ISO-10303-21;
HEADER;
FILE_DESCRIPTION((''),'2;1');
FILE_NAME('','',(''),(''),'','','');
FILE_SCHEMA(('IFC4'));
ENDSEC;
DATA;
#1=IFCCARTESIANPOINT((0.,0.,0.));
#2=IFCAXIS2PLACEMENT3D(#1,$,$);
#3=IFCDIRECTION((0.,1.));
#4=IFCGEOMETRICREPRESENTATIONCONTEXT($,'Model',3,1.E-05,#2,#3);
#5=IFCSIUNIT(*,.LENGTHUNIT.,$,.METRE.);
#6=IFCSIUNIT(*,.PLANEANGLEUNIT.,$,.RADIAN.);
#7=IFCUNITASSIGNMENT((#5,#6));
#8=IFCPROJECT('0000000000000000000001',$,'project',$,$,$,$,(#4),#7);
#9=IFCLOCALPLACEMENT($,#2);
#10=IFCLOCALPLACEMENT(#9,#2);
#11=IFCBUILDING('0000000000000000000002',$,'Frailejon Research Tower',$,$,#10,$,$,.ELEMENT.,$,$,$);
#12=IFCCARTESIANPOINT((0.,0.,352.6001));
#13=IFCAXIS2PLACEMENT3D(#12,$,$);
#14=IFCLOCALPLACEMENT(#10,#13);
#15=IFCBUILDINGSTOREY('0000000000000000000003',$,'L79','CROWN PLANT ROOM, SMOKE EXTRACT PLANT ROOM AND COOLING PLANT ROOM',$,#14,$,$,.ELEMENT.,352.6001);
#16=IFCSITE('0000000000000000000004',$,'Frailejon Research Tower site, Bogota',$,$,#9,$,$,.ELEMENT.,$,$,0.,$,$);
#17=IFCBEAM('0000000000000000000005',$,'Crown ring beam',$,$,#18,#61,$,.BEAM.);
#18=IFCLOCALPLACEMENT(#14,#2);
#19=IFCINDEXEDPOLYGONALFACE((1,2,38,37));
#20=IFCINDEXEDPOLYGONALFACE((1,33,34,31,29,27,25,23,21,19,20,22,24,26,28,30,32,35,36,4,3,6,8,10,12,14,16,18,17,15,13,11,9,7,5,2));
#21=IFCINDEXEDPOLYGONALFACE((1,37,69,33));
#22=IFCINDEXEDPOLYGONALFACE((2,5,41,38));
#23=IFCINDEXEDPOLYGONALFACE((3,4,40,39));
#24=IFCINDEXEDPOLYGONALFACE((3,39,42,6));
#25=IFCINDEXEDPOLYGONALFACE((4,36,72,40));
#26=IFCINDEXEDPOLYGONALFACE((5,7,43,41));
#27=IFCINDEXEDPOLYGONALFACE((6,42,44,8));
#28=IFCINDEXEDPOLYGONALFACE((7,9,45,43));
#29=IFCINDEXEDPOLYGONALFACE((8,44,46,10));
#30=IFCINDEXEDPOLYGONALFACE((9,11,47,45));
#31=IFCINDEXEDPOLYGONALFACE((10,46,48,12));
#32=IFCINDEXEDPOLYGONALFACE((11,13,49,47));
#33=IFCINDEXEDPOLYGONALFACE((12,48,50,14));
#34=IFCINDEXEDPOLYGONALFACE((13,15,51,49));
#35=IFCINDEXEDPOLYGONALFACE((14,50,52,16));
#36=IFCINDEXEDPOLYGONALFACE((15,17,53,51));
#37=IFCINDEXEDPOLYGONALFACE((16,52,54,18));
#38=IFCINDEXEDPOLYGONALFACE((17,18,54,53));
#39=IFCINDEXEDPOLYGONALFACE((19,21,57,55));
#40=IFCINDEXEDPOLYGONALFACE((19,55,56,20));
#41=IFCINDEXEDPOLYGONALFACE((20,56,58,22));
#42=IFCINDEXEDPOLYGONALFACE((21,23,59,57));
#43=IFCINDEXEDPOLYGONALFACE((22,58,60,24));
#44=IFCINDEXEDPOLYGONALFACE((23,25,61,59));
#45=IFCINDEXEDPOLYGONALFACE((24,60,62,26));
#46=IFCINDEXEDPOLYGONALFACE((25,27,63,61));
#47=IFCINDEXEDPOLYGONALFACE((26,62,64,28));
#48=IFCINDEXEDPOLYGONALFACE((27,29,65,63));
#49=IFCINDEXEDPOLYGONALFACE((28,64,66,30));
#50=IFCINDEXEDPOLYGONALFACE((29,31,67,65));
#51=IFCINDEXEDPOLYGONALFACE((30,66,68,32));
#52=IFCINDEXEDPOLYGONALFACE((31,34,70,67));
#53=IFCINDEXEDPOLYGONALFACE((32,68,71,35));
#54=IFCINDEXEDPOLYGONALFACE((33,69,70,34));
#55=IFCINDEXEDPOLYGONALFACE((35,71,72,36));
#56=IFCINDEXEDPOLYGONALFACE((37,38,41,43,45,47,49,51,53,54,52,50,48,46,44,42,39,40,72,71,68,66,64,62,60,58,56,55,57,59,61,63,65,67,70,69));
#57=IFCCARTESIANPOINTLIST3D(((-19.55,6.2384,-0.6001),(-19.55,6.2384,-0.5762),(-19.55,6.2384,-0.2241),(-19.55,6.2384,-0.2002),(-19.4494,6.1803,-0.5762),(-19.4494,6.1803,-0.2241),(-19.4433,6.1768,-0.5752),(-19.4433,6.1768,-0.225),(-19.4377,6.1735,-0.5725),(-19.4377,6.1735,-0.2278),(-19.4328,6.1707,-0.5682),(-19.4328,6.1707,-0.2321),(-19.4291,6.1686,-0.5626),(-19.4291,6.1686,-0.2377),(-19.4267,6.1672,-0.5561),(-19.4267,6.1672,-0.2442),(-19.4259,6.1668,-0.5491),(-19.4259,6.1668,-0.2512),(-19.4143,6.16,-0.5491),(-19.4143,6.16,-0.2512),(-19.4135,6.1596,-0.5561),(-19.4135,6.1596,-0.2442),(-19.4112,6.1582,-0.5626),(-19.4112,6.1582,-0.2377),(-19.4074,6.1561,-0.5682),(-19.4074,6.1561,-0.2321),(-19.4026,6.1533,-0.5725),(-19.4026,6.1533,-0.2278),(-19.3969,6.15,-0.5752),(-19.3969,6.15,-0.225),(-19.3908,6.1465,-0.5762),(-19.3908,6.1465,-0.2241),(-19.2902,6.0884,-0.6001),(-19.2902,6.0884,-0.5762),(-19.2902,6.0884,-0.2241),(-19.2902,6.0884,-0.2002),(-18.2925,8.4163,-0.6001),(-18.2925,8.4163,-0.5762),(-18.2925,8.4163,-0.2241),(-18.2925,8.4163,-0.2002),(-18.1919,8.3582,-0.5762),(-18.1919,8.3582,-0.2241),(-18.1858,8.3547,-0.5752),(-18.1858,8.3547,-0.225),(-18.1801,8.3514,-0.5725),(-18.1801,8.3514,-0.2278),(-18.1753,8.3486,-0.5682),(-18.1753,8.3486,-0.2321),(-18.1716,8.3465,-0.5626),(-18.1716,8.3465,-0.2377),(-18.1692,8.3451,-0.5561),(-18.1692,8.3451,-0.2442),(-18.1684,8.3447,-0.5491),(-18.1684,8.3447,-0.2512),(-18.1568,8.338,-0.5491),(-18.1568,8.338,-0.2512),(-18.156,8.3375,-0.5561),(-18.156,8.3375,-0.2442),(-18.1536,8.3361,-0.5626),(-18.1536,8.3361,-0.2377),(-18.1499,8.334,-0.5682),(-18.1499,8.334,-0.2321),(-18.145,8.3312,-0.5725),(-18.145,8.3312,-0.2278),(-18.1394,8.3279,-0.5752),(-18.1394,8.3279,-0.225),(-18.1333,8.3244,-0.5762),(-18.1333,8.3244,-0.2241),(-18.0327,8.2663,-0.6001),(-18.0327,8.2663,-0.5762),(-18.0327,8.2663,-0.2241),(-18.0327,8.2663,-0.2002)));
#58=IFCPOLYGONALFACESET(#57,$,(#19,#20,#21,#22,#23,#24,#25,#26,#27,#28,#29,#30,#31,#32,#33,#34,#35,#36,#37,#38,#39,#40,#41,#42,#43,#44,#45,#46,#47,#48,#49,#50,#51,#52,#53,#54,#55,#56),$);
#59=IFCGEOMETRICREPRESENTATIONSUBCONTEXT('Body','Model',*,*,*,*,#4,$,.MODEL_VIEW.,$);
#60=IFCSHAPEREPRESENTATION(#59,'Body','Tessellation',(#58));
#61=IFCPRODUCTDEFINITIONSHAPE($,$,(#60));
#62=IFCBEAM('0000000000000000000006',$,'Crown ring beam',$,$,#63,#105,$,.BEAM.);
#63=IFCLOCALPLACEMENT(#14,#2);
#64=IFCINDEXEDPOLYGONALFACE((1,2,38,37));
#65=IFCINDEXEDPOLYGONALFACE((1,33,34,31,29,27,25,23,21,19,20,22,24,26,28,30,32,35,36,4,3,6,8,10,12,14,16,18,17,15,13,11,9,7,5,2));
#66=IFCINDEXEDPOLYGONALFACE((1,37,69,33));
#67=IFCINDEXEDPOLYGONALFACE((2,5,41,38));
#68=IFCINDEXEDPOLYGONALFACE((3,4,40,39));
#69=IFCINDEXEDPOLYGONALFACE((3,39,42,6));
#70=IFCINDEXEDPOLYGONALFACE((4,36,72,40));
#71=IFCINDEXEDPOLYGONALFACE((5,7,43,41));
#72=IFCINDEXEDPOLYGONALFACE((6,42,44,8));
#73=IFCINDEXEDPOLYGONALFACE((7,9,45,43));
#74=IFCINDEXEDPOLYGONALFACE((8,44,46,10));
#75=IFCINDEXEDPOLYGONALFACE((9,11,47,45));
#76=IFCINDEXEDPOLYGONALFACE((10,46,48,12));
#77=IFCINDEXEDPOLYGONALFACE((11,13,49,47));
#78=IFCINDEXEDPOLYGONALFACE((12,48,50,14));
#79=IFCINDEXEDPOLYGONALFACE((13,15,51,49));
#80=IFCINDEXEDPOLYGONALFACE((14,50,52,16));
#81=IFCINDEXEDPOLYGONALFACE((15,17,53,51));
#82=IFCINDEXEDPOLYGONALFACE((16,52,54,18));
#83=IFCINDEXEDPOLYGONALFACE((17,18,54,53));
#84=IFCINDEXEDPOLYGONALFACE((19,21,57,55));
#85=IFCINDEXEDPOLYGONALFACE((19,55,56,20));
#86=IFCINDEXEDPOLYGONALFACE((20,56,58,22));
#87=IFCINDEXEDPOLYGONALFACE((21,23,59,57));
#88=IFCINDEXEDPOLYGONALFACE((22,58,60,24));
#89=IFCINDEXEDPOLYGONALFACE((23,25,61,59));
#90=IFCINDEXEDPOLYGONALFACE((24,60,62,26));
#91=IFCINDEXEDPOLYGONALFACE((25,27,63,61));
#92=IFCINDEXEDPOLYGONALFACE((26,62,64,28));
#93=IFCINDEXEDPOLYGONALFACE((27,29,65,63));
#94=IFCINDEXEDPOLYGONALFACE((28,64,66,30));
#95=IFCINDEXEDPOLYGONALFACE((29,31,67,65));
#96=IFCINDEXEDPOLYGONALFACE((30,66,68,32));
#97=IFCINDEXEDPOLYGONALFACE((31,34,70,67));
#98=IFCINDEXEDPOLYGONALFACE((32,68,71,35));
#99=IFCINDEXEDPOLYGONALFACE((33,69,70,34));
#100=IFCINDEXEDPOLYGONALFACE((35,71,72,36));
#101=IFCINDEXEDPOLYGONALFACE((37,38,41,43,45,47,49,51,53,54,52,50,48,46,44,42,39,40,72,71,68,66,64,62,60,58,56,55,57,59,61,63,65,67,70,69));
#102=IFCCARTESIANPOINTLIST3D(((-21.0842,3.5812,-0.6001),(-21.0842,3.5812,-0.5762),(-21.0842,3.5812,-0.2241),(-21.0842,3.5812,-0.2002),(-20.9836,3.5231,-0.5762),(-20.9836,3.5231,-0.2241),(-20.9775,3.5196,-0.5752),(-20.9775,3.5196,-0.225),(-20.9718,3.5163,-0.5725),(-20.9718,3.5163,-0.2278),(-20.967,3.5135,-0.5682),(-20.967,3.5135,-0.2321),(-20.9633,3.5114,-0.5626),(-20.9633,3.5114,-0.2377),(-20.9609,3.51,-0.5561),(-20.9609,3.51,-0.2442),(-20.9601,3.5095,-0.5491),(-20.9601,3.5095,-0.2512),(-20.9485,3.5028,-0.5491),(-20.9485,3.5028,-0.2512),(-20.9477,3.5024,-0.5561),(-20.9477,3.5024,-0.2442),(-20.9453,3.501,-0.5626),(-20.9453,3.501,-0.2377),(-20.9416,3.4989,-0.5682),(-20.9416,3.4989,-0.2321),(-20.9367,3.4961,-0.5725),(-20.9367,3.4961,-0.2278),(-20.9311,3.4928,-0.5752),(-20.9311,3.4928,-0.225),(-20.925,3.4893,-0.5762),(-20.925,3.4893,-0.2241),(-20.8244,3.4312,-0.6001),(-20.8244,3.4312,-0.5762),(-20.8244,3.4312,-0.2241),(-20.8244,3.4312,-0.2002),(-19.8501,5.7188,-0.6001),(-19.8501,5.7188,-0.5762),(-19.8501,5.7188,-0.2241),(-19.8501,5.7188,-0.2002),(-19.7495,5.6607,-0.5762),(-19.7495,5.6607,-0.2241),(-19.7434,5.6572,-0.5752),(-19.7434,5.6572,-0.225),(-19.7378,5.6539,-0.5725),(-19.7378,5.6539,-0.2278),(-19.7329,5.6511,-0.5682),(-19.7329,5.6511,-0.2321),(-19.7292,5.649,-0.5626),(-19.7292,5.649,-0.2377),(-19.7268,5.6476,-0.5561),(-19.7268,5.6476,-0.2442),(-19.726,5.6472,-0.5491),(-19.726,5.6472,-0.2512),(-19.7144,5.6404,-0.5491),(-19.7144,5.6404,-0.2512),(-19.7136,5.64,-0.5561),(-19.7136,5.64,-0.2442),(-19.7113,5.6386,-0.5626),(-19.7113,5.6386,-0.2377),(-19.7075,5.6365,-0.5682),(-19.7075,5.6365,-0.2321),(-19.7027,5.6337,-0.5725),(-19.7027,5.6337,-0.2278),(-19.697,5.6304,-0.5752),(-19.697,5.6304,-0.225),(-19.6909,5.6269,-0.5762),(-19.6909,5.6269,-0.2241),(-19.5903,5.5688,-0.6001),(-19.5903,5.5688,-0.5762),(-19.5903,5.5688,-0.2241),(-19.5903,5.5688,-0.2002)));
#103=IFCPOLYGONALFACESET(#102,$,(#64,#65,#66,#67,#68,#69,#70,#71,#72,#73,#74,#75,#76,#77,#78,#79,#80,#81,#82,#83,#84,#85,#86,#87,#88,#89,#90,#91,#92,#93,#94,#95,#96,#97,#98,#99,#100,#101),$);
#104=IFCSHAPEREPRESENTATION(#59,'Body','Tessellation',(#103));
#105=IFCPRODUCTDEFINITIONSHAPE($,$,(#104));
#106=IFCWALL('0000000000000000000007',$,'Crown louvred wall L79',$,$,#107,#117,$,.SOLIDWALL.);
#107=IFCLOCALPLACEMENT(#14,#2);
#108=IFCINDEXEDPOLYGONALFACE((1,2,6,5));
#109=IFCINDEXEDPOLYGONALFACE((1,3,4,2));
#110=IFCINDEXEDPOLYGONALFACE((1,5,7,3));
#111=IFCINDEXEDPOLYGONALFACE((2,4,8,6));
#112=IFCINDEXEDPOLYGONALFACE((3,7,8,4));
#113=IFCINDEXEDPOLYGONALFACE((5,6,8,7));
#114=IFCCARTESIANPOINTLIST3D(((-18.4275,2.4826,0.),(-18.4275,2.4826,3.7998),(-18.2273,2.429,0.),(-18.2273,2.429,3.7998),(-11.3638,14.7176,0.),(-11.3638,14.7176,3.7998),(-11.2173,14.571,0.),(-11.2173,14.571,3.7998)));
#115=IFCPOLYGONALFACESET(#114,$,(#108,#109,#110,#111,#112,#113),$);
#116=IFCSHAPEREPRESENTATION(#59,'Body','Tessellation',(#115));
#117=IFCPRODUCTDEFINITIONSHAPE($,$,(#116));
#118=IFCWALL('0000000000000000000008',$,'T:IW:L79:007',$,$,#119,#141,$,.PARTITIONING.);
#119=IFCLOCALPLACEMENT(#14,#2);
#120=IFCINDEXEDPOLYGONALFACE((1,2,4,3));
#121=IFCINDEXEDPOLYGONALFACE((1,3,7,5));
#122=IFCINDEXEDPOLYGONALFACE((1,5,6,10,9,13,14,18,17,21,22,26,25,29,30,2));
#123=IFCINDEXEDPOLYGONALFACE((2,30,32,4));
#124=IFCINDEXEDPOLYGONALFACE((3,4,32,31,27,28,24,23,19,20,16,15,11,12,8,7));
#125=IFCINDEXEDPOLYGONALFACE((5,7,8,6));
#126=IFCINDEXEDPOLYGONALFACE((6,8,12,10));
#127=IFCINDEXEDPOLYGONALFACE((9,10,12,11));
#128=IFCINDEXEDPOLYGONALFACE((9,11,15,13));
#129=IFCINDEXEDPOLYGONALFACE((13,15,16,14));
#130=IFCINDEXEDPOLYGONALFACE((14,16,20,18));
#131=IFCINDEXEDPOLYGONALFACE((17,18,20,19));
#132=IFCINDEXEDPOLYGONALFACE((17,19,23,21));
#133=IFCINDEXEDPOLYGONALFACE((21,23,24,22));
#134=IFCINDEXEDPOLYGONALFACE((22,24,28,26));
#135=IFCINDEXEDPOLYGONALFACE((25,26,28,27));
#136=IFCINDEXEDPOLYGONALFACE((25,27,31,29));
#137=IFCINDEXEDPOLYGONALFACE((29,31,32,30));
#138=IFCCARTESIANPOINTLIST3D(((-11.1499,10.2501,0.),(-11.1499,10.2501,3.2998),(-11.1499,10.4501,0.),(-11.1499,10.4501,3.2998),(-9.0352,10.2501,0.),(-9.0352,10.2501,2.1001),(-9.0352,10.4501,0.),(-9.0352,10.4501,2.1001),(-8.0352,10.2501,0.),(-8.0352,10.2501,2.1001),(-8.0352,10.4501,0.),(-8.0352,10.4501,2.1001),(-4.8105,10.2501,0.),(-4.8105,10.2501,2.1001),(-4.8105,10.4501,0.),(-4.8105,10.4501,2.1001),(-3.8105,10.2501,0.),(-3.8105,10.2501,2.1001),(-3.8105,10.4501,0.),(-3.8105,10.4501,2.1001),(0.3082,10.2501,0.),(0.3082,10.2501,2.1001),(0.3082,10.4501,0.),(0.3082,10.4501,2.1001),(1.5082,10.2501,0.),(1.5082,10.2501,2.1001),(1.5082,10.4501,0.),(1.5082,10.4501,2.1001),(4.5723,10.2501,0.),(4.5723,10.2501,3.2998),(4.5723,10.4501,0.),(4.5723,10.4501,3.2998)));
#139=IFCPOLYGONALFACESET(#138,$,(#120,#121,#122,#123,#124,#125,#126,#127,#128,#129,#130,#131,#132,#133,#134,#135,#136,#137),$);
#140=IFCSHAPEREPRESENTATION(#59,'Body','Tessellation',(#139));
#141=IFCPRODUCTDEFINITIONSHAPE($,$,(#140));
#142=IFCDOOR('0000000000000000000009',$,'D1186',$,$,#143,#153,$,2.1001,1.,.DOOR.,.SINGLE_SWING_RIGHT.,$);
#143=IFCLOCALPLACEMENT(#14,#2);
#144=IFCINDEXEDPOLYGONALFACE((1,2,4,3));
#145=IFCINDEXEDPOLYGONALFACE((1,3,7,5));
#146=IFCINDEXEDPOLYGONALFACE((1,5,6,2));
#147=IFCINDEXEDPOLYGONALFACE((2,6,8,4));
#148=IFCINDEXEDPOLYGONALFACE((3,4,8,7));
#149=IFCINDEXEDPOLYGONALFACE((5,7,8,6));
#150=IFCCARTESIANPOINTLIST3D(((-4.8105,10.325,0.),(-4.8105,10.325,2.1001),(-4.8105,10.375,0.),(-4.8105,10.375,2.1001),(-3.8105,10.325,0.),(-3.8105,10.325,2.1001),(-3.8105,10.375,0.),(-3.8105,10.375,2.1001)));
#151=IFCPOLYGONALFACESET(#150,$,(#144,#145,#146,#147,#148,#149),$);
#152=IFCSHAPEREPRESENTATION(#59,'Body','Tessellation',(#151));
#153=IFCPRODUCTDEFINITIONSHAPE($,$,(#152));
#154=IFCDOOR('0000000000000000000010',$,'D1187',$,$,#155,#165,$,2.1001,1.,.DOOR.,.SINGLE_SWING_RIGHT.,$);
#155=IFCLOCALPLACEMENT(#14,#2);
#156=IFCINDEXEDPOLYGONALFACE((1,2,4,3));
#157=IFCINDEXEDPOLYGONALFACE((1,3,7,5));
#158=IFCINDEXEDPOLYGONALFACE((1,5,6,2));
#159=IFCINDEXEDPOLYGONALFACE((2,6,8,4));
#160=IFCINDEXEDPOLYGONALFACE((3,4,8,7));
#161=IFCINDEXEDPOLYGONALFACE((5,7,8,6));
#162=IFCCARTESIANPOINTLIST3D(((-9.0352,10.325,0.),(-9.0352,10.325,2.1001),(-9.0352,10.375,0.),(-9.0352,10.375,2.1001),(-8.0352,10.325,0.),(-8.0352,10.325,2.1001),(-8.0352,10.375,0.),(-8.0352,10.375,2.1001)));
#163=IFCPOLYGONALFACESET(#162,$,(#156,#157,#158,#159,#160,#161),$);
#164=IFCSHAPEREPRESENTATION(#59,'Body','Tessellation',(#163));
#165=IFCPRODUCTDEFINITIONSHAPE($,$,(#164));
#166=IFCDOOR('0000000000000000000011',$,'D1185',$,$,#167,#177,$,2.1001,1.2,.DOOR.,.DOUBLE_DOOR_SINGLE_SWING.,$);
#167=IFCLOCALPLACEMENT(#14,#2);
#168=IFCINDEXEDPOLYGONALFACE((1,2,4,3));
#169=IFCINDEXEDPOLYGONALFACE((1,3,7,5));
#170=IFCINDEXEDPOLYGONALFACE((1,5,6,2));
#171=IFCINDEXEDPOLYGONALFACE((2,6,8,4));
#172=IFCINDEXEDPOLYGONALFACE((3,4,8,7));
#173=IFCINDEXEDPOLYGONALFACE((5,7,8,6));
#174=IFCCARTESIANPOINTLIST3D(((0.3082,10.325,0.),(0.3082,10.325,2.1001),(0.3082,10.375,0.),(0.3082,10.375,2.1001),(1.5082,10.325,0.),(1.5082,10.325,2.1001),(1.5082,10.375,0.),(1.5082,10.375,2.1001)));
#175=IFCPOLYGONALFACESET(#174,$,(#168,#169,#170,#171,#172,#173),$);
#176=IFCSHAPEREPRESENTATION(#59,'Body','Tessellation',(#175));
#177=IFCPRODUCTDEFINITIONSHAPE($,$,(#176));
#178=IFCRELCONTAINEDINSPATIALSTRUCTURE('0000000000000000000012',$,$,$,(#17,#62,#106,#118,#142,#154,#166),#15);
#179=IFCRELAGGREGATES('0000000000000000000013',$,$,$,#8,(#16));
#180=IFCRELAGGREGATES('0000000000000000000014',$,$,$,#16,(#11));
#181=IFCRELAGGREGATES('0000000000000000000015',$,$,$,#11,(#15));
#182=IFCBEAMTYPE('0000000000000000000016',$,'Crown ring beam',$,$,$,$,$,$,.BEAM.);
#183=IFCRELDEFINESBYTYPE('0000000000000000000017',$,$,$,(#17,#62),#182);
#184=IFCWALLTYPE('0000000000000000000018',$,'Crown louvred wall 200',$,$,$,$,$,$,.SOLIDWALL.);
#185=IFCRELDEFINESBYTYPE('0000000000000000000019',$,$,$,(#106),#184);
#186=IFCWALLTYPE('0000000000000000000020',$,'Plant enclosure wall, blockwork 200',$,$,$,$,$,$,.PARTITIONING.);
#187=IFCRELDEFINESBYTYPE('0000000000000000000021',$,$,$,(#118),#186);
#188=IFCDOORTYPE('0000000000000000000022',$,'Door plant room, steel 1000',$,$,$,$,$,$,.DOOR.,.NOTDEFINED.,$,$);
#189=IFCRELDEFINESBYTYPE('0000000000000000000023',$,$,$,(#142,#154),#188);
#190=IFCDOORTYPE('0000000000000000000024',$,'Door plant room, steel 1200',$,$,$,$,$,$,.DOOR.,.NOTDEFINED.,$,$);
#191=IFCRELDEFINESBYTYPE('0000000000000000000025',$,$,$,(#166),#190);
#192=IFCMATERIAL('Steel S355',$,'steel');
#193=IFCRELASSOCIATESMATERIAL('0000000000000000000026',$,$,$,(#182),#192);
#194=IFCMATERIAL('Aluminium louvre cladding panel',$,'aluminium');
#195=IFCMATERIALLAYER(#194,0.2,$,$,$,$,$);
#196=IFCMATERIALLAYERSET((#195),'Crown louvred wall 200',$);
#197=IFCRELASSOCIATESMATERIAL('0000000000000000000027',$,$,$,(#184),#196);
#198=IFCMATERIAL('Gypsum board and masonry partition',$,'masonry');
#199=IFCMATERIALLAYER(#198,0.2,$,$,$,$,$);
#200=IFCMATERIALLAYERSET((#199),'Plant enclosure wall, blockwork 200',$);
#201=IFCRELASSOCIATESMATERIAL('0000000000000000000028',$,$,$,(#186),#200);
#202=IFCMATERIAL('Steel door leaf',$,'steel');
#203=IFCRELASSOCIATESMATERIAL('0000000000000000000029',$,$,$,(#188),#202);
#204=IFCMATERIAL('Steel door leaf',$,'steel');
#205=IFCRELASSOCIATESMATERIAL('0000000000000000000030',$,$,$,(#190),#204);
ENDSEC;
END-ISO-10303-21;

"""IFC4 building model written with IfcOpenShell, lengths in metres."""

from ifc_helpers import new_model, si_unit, direction, frame, frame_2d, origin, origin_2d, place, context, subcontext, project, spatial, polyline, rectangle, i_section, outline, extrude, material, layer, layer_set, material_profile, profile_set, type_object, element, fill, save


model = new_model("IFC4")

# Units and contexts
model_context = context("Model", 3, precision=1e-05, world=origin(), true_north=direction((0.0, 1.0)))
body_context = subcontext(model_context, "Body", "Model", "MODEL_VIEW")
ifc_project = project(units=[si_unit("LENGTHUNIT", "METRE"), si_unit("PLANEANGLEUNIT", "RADIAN")], contexts=[model_context])

# Site, building, storey
site_placement = place(None, origin())
site = spatial("IfcSite", under=ifc_project, at=site_placement, Name="Frailejon Research Tower site, Bogota", CompositionType="ELEMENT", RefElevation=0.0)
building_placement = place(site_placement, origin())
building = spatial("IfcBuilding", under=site, at=building_placement, Name="Frailejon Research Tower", CompositionType="ELEMENT")
storey_placement = place(building_placement, frame((0.0, 0.0, 352.6001)))
storey = spatial("IfcBuildingStorey", under=building, at=storey_placement, Name="L79", Description="CROWN PLANT ROOM, SMOKE EXTRACT PLANT ROOM AND COOLING PLANT ROOM", CompositionType="ELEMENT", Elevation=352.6001)

# Beams
ifc_material_1 = material(Name="Steel S355", Category="steel")
ifc_material_profile_1 = material_profile(ifc_material_1, i_section(OverallWidth=0.3, OverallDepth=0.3999, WebThickness=0.0134, FlangeThickness=0.0239, FilletRadius=0.0271, at=origin_2d()), Name="HE 400 B")
ifc_profile_set_1 = profile_set([ifc_material_profile_1], Name="Steel S355")
beam_type_1 = type_object("IfcBeamType", Name="Crown ring beam", PredefinedType="BEAM", material=ifc_profile_set_1)
for number, where, z_axis, x_axis, name in (
    (1, (-18.1626, 8.3413, -0.4001), (-0.500033, -0.866006, 0.0), (0.866006, -0.500033, 0.0), "Crown ring beam"),
):
    element("IfcBeam", number, at=place(storey_placement, frame(where, z_axis=z_axis, x_axis=x_axis)), inside=storey, type_object=beam_type_1, Name=name, PredefinedType="BEAM", context=body_context, shape_type="SweptSolid", body=[
        extrude(i_section(OverallWidth=0.3, OverallDepth=0.3999, WebThickness=0.0134, FlangeThickness=0.0239, FilletRadius=0.0271, at=origin_2d()), origin(), (0.0, 0.0, 1.0), 2.5149),
    ])
beam_1_placement = place(storey_placement, frame((-19.7202, 5.6438, -0.4001), z_axis=(-0.499979, -0.866037, 0.0), x_axis=(0.866037, -0.499979, 0.0)))
element("IfcBeam", 2, at=beam_1_placement, inside=storey, type_object=beam_type_1, Name="Crown ring beam", PredefinedType="BEAM", context=body_context, shape_type="SweptSolid", body=[
    extrude(i_section(OverallWidth=0.3, OverallDepth=0.3999, WebThickness=0.0134, FlangeThickness=0.0239, FilletRadius=0.0271, at=origin_2d()), origin(), (0.0, 0.0, 1.0), 2.4683),
])

# Wall
ifc_material_2 = material(Name="Aluminium louvre cladding panel", Category="aluminium")
ifc_layer_1 = layer(ifc_material_2, 0.2)
ifc_layer_set_1 = layer_set([ifc_layer_1], Name="Crown louvred wall 200")
wall_type_1 = type_object("IfcWallType", Name="Crown louvred wall 200", PredefinedType="SOLIDWALL", material=ifc_layer_set_1)
wall_1_placement = place(storey_placement, frame((-11.2905, 14.6443, 0.0), z_axis=(0.0, 0.0, 1.0), x_axis=(-0.499992, -0.86603, 0.0)))
element("IfcWall", 3, at=wall_1_placement, inside=storey, type_object=wall_type_1, Name="Crown louvred wall L79", PredefinedType="SOLIDWALL", context=body_context, shape_type="SweptSolid", body=[
    extrude(outline(polyline([(-0.0269, -0.1001), (14.1008, -0.1001), (14.0471, 0.1001), (0.0269, 0.1001), (-0.0269, -0.1001)])), origin(), (0.0, 0.0, 1.0), 3.7998),
])

# Wall, openings, doors
ifc_material_3 = material(Name="Gypsum board and masonry partition", Category="masonry")
ifc_layer_2 = layer(ifc_material_3, 0.2)
ifc_layer_set_2 = layer_set([ifc_layer_2], Name="Plant enclosure wall, blockwork 200")
wall_type_2 = type_object("IfcWallType", Name="Plant enclosure wall, blockwork 200", PredefinedType="PARTITIONING", material=ifc_layer_set_2)
wall_2_placement = place(storey_placement, frame((-11.1499, 10.3501, 0.0), z_axis=(0.0, 0.0, 1.0), x_axis=(1.0, 0.0, 0.0)))
wall_2 = element("IfcWall", 4, at=wall_2_placement, inside=storey, type_object=wall_type_2, Name="T:IW:L79:007", PredefinedType="PARTITIONING", context=body_context, shape_type="SweptSolid", body=[
    extrude(rectangle(XDim=15.7222, YDim=0.2, at=frame_2d((7.8611, 0.0))), origin(), (0.0, 0.0, 1.0), 3.2998),
])
opening_1_placement = place(wall_2_placement, frame((11.458, 0.0, 0.0)))
opening_1 = element("IfcOpeningElement", 5, at=opening_1_placement, cuts=wall_2, PredefinedType="OPENING", context=body_context, shape_type="SweptSolid", body=[
    extrude(rectangle(XDim=1.2, YDim=2.1001, at=frame_2d((0.6001, 1.05))), frame((0.0, 0.1099, 0.0), z_axis=(0.0, -1.0, 0.0), x_axis=(1.0, 0.0, 0.0)), (0.0, 0.0, 1.0), 0.22),
])
opening_2_placement = place(wall_2_placement, frame((6.3394, 0.0, 0.0)))
opening_2 = element("IfcOpeningElement", 6, at=opening_2_placement, cuts=wall_2, PredefinedType="OPENING", context=body_context, shape_type="SweptSolid", body=[
    extrude(rectangle(XDim=1.0, YDim=2.1001, at=frame_2d((0.5, 1.05))), frame((0.0, 0.1099, 0.0), z_axis=(0.0, -1.0, 0.0), x_axis=(1.0, 0.0, 0.0)), (0.0, 0.0, 1.0), 0.22),
])
opening_3_placement = place(wall_2_placement, frame((2.1147, 0.0, 0.0)))
opening_3 = element("IfcOpeningElement", 7, at=opening_3_placement, cuts=wall_2, PredefinedType="OPENING", context=body_context, shape_type="SweptSolid", body=[
    extrude(rectangle(XDim=1.0, YDim=2.1001, at=frame_2d((0.5, 1.05))), frame((0.0, 0.1099, 0.0), z_axis=(0.0, -1.0, 0.0), x_axis=(1.0, 0.0, 0.0)), (0.0, 0.0, 1.0), 0.22),
])
ifc_material_4 = material(Name="Steel door leaf", Category="steel")
door_type_1 = type_object("IfcDoorType", Name="Door plant room, steel 1000", OperationType="NOTDEFINED", PredefinedType="DOOR", material=ifc_material_4)
door_1_placement = place(opening_2_placement, origin())
door_1 = element("IfcDoor", 8, at=door_1_placement, inside=storey, type_object=door_type_1, Name="D1186", OperationType="SINGLE_SWING_RIGHT", OverallHeight=2.1001, OverallWidth=1.0, PredefinedType="DOOR", context=body_context, shape_type="SweptSolid", body=[
    extrude(rectangle(XDim=1.0, YDim=2.1001, at=frame_2d((0.5, 1.05))), frame((0.0, 0.0249, 0.0), z_axis=(0.0, -1.0, 0.0), x_axis=(1.0, 0.0, 0.0)), (0.0, 0.0, 1.0), 0.05),
])
fill(opening_2, door_1)
door_2_placement = place(opening_3_placement, origin())
door_2 = element("IfcDoor", 9, at=door_2_placement, inside=storey, type_object=door_type_1, Name="D1187", OperationType="SINGLE_SWING_RIGHT", OverallHeight=2.1001, OverallWidth=1.0, PredefinedType="DOOR", context=body_context, shape_type="SweptSolid", body=[
    extrude(rectangle(XDim=1.0, YDim=2.1001, at=frame_2d((0.5, 1.05))), frame((0.0, 0.0249, 0.0), z_axis=(0.0, -1.0, 0.0), x_axis=(1.0, 0.0, 0.0)), (0.0, 0.0, 1.0), 0.05),
])
fill(opening_3, door_2)
ifc_material_5 = material(Name="Steel door leaf", Category="steel")
door_type_2 = type_object("IfcDoorType", Name="Door plant room, steel 1200", OperationType="NOTDEFINED", PredefinedType="DOOR", material=ifc_material_5)
door_3_placement = place(opening_1_placement, origin())
door_3 = element("IfcDoor", 10, at=door_3_placement, inside=storey, type_object=door_type_2, Name="D1185", OperationType="DOUBLE_DOOR_SINGLE_SWING", OverallHeight=2.1001, OverallWidth=1.2, PredefinedType="DOOR", context=body_context, shape_type="SweptSolid", body=[
    extrude(rectangle(XDim=1.2, YDim=2.1001, at=frame_2d((0.6001, 1.05))), frame((0.0, 0.0249, 0.0), z_axis=(0.0, -1.0, 0.0), x_axis=(1.0, 0.0, 0.0)), (0.0, 0.0, 1.0), 0.05),
])
fill(opening_1, door_3)

save(model, "model.ifc")
